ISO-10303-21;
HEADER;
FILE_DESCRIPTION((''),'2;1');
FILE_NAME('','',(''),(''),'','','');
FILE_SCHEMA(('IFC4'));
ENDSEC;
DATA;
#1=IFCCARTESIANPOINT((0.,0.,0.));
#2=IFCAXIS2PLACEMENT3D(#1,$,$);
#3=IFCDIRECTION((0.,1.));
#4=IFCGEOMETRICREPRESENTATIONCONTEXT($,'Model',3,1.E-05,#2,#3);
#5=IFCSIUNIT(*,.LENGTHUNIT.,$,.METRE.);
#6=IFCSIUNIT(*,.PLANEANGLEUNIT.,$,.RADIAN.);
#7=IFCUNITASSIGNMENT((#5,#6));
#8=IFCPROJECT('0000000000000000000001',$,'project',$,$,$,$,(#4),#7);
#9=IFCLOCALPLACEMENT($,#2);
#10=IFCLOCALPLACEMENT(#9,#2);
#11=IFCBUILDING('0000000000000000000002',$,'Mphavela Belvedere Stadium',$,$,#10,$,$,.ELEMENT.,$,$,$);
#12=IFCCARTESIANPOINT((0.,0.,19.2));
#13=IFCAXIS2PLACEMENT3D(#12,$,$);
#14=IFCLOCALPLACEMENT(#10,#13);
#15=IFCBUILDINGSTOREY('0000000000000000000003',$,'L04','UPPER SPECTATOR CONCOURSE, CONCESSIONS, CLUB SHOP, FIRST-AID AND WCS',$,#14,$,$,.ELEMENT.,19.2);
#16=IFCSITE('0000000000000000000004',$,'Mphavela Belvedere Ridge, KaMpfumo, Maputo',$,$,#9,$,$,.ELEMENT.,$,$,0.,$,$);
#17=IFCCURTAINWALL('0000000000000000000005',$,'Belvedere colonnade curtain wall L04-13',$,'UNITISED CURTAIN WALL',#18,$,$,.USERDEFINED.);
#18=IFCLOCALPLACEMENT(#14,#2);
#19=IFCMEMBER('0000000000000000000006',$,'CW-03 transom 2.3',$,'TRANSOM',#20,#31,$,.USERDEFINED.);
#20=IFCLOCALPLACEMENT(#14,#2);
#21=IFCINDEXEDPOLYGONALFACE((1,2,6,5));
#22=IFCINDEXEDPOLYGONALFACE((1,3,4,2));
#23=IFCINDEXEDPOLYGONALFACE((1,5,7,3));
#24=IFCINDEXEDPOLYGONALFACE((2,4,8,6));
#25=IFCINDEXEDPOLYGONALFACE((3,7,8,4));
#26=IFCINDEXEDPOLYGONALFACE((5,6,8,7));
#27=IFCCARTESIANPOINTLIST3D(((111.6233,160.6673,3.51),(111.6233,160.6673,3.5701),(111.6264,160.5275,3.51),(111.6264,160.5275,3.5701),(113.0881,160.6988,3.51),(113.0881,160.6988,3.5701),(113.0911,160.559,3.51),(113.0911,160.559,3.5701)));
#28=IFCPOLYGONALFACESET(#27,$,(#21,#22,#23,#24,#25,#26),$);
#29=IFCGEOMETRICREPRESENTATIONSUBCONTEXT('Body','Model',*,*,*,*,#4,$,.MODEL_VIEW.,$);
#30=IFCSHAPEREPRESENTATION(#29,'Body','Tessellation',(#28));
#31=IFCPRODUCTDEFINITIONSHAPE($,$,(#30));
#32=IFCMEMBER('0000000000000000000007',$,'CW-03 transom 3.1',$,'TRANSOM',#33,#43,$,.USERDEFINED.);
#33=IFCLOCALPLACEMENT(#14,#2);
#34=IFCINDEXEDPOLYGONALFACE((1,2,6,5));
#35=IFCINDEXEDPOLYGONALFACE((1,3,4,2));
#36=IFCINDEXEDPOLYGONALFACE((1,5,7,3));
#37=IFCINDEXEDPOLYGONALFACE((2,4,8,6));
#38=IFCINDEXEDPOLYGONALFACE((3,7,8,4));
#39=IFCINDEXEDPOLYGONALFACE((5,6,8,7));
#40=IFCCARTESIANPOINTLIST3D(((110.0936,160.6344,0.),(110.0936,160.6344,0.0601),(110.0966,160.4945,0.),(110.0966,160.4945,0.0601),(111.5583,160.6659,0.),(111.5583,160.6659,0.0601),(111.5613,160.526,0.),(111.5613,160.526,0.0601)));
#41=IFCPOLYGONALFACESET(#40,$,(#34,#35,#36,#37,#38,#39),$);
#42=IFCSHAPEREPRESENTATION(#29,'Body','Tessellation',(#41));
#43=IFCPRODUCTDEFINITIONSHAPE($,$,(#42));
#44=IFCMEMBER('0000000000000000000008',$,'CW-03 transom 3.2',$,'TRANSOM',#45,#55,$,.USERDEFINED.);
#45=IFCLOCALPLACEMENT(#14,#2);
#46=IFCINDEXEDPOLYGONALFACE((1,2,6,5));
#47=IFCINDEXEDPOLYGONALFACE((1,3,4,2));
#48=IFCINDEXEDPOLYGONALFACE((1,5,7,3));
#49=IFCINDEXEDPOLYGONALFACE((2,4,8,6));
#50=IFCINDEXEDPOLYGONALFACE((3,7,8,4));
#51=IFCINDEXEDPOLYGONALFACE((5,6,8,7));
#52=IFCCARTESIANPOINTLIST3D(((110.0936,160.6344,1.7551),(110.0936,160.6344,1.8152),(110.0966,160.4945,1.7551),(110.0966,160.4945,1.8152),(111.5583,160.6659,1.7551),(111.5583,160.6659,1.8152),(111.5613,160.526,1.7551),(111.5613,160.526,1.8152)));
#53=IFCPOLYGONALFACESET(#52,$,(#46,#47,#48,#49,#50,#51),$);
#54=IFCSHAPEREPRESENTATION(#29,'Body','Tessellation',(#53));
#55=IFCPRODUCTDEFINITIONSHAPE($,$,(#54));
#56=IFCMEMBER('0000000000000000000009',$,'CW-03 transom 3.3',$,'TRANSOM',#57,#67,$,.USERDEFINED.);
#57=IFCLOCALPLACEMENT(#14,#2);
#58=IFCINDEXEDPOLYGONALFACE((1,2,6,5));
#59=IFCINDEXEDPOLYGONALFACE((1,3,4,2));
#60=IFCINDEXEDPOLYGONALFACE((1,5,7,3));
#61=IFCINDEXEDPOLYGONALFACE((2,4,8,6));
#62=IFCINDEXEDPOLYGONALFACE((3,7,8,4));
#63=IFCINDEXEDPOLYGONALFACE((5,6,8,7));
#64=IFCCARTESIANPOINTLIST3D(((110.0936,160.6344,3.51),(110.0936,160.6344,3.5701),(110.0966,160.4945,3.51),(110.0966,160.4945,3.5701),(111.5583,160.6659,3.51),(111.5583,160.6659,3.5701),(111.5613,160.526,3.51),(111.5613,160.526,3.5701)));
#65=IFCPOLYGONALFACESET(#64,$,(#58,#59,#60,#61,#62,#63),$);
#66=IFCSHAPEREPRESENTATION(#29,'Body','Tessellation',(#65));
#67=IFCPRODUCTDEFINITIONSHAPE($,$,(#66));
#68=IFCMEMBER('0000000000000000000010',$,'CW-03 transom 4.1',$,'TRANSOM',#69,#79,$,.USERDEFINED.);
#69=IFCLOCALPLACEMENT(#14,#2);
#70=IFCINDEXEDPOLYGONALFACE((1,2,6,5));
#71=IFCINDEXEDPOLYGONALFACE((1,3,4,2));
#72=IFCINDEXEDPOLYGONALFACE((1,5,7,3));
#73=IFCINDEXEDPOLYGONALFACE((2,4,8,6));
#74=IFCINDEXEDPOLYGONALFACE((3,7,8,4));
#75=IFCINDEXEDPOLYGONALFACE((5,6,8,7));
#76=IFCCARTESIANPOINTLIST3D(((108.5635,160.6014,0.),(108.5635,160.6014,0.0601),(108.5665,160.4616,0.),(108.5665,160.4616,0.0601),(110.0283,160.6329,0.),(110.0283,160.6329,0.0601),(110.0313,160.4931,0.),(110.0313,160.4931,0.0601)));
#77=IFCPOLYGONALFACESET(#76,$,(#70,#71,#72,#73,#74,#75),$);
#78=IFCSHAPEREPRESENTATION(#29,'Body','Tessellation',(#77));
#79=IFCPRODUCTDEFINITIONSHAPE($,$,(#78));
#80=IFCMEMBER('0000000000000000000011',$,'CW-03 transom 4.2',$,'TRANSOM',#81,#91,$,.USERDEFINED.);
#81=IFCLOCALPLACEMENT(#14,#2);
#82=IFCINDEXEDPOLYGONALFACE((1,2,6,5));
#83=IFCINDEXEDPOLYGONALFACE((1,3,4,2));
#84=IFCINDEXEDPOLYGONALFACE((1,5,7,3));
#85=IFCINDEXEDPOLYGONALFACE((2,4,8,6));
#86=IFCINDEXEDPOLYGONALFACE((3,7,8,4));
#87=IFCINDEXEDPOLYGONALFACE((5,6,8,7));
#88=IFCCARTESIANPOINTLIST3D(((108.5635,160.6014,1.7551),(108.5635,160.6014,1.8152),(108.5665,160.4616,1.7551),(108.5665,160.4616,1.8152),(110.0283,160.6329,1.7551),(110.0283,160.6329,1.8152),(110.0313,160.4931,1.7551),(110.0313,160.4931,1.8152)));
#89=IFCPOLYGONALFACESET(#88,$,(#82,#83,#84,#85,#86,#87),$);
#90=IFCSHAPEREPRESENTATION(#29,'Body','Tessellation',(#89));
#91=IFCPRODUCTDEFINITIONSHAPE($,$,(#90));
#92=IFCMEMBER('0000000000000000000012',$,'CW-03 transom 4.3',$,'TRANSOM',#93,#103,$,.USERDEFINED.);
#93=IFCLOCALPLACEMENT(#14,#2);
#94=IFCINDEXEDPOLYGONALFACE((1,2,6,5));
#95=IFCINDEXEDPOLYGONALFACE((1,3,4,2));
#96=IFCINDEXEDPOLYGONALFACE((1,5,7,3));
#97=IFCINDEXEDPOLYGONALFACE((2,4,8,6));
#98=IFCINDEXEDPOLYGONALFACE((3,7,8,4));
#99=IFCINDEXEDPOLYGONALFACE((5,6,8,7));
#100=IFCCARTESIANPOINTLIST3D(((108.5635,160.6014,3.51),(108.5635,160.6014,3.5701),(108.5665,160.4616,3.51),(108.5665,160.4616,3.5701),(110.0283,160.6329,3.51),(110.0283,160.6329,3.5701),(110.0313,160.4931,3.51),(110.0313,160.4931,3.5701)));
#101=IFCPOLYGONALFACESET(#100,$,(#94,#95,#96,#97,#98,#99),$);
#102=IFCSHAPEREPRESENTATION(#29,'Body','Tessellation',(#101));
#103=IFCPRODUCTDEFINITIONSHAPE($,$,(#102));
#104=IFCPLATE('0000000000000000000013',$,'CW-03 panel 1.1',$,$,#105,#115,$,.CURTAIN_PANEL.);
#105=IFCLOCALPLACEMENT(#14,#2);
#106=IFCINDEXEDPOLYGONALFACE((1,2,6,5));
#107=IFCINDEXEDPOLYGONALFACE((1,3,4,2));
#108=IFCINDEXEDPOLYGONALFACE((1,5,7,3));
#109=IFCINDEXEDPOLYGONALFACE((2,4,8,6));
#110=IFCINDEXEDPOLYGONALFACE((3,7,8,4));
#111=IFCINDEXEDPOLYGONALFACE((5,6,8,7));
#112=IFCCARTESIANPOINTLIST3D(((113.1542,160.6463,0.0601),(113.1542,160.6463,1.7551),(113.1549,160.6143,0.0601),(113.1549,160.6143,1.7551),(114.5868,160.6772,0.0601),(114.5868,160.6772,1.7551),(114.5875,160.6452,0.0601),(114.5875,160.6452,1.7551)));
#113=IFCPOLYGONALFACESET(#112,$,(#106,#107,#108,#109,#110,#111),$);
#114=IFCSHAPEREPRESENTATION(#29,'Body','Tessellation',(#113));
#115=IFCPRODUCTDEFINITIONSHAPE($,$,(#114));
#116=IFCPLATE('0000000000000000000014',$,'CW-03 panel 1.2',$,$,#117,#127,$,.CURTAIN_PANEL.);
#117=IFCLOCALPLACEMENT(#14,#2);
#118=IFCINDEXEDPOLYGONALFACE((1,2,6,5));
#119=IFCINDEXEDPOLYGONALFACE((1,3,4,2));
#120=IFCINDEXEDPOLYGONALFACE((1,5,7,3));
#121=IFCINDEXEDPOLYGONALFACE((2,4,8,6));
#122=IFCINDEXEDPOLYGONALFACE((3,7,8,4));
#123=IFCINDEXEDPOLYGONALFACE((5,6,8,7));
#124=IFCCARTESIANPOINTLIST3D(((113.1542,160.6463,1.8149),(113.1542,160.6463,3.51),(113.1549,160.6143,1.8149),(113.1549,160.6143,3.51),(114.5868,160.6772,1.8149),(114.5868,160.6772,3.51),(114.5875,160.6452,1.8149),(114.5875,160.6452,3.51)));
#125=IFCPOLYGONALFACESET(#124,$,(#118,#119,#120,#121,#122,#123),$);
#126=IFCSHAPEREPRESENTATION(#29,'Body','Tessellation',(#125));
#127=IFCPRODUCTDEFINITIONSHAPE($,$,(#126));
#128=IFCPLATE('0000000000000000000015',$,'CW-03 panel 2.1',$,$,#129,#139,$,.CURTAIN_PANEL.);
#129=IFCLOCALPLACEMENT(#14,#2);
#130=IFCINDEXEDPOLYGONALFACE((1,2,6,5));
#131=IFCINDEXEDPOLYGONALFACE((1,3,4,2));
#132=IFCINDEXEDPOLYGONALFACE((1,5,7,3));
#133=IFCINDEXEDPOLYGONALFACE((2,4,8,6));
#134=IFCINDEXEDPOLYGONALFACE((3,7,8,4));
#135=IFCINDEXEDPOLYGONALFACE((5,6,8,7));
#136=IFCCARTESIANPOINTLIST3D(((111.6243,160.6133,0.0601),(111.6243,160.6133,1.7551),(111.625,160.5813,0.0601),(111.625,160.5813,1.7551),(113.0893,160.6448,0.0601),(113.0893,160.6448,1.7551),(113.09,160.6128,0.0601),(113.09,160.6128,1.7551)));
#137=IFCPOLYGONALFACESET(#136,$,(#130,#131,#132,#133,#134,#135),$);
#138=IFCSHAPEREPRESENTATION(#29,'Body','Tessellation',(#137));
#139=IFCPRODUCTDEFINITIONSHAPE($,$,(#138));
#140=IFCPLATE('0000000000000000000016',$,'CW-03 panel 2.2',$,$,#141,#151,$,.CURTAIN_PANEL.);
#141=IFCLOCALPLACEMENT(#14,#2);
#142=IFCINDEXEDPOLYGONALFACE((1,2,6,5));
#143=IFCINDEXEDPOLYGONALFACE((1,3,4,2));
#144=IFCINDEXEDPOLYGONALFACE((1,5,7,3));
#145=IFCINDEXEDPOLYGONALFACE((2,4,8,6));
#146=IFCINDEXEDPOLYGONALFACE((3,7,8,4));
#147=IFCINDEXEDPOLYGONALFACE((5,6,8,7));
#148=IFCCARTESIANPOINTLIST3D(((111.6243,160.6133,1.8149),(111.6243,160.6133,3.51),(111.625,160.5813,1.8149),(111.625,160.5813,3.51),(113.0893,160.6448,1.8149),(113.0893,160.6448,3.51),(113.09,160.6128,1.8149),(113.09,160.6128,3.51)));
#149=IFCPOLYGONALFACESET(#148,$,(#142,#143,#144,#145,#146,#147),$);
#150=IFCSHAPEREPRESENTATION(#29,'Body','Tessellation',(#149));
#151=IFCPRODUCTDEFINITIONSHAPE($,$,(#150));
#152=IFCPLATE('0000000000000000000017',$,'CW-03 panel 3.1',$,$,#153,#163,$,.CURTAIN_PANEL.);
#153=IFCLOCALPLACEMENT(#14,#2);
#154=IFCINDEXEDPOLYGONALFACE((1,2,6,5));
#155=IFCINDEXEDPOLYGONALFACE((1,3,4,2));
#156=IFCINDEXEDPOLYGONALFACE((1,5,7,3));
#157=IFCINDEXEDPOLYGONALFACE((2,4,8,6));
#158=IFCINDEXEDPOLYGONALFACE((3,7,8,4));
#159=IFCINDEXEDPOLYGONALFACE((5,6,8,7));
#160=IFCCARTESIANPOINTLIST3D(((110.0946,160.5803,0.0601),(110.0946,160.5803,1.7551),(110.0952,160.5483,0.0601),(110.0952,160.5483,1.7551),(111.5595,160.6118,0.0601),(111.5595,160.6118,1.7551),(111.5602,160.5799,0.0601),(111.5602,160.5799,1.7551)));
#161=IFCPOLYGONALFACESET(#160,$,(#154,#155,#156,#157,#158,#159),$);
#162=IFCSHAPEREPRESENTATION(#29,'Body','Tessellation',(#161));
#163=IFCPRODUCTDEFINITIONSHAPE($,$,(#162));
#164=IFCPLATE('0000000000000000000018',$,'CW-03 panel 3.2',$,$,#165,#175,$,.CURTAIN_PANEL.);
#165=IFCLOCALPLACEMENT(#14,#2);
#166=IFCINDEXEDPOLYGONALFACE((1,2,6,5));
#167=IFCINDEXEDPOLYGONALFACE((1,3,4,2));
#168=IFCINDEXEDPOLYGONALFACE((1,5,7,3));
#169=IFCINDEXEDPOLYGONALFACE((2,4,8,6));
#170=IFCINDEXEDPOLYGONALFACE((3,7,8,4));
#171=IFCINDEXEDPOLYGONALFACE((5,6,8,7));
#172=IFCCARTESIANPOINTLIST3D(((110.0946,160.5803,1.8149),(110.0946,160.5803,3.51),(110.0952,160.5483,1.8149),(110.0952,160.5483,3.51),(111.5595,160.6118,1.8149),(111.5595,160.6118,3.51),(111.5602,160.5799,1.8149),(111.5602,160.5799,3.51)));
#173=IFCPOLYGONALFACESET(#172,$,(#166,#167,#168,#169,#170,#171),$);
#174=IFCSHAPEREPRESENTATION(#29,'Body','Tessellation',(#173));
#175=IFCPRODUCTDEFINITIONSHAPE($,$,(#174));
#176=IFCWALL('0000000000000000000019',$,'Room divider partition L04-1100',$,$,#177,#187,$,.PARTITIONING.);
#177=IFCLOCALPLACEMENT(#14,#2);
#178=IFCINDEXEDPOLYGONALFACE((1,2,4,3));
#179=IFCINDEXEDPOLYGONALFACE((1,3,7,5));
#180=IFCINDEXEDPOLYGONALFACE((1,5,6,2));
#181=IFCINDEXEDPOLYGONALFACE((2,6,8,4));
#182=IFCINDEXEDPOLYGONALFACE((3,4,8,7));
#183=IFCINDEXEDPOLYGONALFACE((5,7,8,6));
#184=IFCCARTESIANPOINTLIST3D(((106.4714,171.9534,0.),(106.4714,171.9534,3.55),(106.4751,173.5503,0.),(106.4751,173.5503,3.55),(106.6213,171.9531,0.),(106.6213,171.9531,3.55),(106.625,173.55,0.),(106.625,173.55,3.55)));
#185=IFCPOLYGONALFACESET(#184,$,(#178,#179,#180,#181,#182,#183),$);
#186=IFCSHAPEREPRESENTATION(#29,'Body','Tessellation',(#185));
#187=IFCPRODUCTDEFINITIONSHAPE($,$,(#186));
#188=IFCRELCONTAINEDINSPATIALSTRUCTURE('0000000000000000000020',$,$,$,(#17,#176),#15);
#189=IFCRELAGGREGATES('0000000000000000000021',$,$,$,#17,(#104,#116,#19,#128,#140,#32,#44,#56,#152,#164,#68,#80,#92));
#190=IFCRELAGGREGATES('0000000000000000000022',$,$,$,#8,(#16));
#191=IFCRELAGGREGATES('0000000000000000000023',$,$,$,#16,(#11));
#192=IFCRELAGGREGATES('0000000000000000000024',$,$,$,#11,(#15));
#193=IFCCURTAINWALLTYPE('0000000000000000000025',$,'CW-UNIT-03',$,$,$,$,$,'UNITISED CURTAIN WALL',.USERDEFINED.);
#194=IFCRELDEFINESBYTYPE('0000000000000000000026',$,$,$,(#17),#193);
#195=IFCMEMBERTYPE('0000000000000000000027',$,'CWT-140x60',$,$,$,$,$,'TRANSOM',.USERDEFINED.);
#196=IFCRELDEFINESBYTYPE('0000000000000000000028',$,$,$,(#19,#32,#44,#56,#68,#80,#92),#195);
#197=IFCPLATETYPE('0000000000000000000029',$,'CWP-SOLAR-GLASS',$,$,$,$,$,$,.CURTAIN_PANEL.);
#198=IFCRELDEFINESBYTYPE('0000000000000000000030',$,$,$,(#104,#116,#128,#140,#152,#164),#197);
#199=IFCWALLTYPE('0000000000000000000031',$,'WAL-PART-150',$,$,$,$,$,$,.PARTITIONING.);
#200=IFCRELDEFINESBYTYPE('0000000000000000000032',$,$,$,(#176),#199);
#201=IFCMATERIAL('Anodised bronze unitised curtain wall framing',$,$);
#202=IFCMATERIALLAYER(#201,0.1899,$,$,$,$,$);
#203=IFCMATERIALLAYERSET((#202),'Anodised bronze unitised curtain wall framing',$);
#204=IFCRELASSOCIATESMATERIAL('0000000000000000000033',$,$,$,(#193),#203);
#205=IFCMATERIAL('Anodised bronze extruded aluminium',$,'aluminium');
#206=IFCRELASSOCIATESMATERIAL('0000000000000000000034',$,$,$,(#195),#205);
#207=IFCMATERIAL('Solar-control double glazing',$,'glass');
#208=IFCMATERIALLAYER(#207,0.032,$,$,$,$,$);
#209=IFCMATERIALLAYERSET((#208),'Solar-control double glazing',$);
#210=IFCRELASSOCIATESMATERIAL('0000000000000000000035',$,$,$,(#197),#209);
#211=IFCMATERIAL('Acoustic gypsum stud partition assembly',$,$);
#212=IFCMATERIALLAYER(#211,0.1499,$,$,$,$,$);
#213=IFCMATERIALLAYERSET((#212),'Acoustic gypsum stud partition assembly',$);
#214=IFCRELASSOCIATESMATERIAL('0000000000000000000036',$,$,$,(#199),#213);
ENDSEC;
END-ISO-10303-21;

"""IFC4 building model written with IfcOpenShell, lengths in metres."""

from ifc_helpers import new_model, si_unit, direction, frame, frame_2d, origin, origin_2d, place, context, subcontext, project, spatial, rectangle, extrude, material, layer, layer_set, material_profile, profile_set, type_object, element, aggregate, save


model = new_model("IFC4")

# Units and contexts
model_context = context("Model", 3, precision=1e-05, world=origin(), true_north=direction((0.0, 1.0)))
body_context = subcontext(model_context, "Body", "Model", "MODEL_VIEW")
ifc_project = project(units=[si_unit("LENGTHUNIT", "METRE"), si_unit("PLANEANGLEUNIT", "RADIAN")], contexts=[model_context])

# Site, building, storey
site_placement = place(None, origin())
site = spatial("IfcSite", under=ifc_project, at=site_placement, Name="Mphavela Belvedere Ridge, KaMpfumo, Maputo", CompositionType="ELEMENT", RefElevation=0.0)
building_placement = place(site_placement, origin())
building = spatial("IfcBuilding", under=site, at=building_placement, Name="Mphavela Belvedere Stadium", CompositionType="ELEMENT")
storey_placement = place(building_placement, frame((0.0, 0.0, 19.2)))
storey = spatial("IfcBuildingStorey", under=building, at=storey_placement, Name="L04", Description="UPPER SPECTATOR CONCOURSE, CONCESSIONS, CLUB SHOP, FIRST-AID AND WCS", CompositionType="ELEMENT", Elevation=19.2)

# Curtain wall, members, plates
ifc_material_1 = material(Name="Anodised bronze unitised curtain wall framing")
ifc_layer_1 = layer(ifc_material_1, 0.1899)
ifc_layer_set_1 = layer_set([ifc_layer_1], Name="Anodised bronze unitised curtain wall framing")
curtain_wall_type = type_object("IfcCurtainWallType", Name="CW-UNIT-03", ElementType="UNITISED CURTAIN WALL", PredefinedType="USERDEFINED", material=ifc_layer_set_1)
curtain_wall_placement = place(storey_placement, origin())
curtain_wall = element("IfcCurtainWall", 1, at=curtain_wall_placement, inside=storey, type_object=curtain_wall_type, Name="Belvedere colonnade curtain wall L04-13", ObjectType="UNITISED CURTAIN WALL", PredefinedType="USERDEFINED")
ifc_material_2 = material(Name="Anodised bronze extruded aluminium", Category="aluminium")
ifc_material_profile_1 = material_profile(ifc_material_2, rectangle(XDim=0.1399, YDim=0.0601, at=origin_2d()), Name="CW-TRN 140x60")
ifc_profile_set_1 = profile_set([ifc_material_profile_1], Name="Anodised bronze extruded aluminium")
member_type_1 = type_object("IfcMemberType", Name="CWT-140x60", ElementType="TRANSOM", PredefinedType="USERDEFINED", material=ifc_profile_set_1)
member_1_placement = place(storey_placement, frame((113.0896, 160.6289, 3.54), z_axis=(-0.999769, -0.021495, 0.0), x_axis=(0.021495, -0.999769, 0.0)))
member_1 = element("IfcMember", 2, at=member_1_placement, type_object=member_type_1, Name="CW-03 transom 2.3", ObjectType="TRANSOM", PredefinedType="USERDEFINED", context=body_context, shape_type="SweptSolid", body=[
    extrude(rectangle(XDim=0.1399, YDim=0.0601, at=origin_2d()), origin(), (0.0, 0.0, 1.0), 1.4651),
])
member_2_placement = place(storey_placement, frame((111.5598, 160.5959, 0.03), z_axis=(-0.999769, -0.021495, 0.0), x_axis=(0.021495, -0.999769, 0.0)))
member_2 = element("IfcMember", 3, at=member_2_placement, type_object=member_type_1, Name="CW-03 transom 3.1", ObjectType="TRANSOM", PredefinedType="USERDEFINED", context=body_context, shape_type="SweptSolid", body=[
    extrude(rectangle(XDim=0.1399, YDim=0.0601, at=origin_2d()), origin(), (0.0, 0.0, 1.0), 1.4651),
])
member_3_placement = place(storey_placement, frame((111.5598, 160.5959, 1.7852), z_axis=(-0.999769, -0.021495, 0.0), x_axis=(0.021495, -0.999769, 0.0)))
member_3 = element("IfcMember", 4, at=member_3_placement, type_object=member_type_1, Name="CW-03 transom 3.2", ObjectType="TRANSOM", PredefinedType="USERDEFINED", context=body_context, shape_type="SweptSolid", body=[
    extrude(rectangle(XDim=0.1399, YDim=0.0601, at=origin_2d()), origin(), (0.0, 0.0, 1.0), 1.4651),
])
member_4_placement = place(storey_placement, frame((111.5598, 160.5959, 3.54), z_axis=(-0.999769, -0.021495, 0.0), x_axis=(0.021495, -0.999769, 0.0)))
member_4 = element("IfcMember", 5, at=member_4_placement, type_object=member_type_1, Name="CW-03 transom 3.3", ObjectType="TRANSOM", PredefinedType="USERDEFINED", context=body_context, shape_type="SweptSolid", body=[
    extrude(rectangle(XDim=0.1399, YDim=0.0601, at=origin_2d()), origin(), (0.0, 0.0, 1.0), 1.4651),
])
member_5_placement = place(storey_placement, frame((110.0298, 160.563, 0.03), z_axis=(-0.999769, -0.021495, 0.0), x_axis=(0.021495, -0.999769, 0.0)))
member_5 = element("IfcMember", 6, at=member_5_placement, type_object=member_type_1, Name="CW-03 transom 4.1", ObjectType="TRANSOM", PredefinedType="USERDEFINED", context=body_context, shape_type="SweptSolid", body=[
    extrude(rectangle(XDim=0.1399, YDim=0.0601, at=origin_2d()), origin(), (0.0, 0.0, 1.0), 1.4651),
])
member_6_placement = place(storey_placement, frame((110.0298, 160.563, 1.7852), z_axis=(-0.999769, -0.021495, 0.0), x_axis=(0.021495, -0.999769, 0.0)))
member_6 = element("IfcMember", 7, at=member_6_placement, type_object=member_type_1, Name="CW-03 transom 4.2", ObjectType="TRANSOM", PredefinedType="USERDEFINED", context=body_context, shape_type="SweptSolid", body=[
    extrude(rectangle(XDim=0.1399, YDim=0.0601, at=origin_2d()), origin(), (0.0, 0.0, 1.0), 1.4651),
])
member_7_placement = place(storey_placement, frame((110.0298, 160.563, 3.54), z_axis=(-0.999769, -0.021495, 0.0), x_axis=(0.021495, -0.999769, 0.0)))
member_7 = element("IfcMember", 8, at=member_7_placement, type_object=member_type_1, Name="CW-03 transom 4.3", ObjectType="TRANSOM", PredefinedType="USERDEFINED", context=body_context, shape_type="SweptSolid", body=[
    extrude(rectangle(XDim=0.1399, YDim=0.0601, at=origin_2d()), origin(), (0.0, 0.0, 1.0), 1.4651),
])
ifc_material_3 = material(Name="Solar-control double glazing", Category="glass")
ifc_layer_2 = layer(ifc_material_3, 0.032)
ifc_layer_set_2 = layer_set([ifc_layer_2], Name="Solar-control double glazing")
plate_type = type_object("IfcPlateType", Name="CWP-SOLAR-GLASS", PredefinedType="CURTAIN_PANEL", material=ifc_layer_set_2)
plate_1_placement = place(storey_placement, frame((113.8708, 160.6458, 0.0601), z_axis=(0.0, 0.0, 1.0), x_axis=(-0.999768, -0.021527, 0.0)))
plate_1 = element("IfcPlate", 9, at=plate_1_placement, type_object=plate_type, Name="CW-03 panel 1.1", PredefinedType="CURTAIN_PANEL", context=body_context, shape_type="SweptSolid", body=[
    extrude(rectangle(XDim=1.4329, YDim=0.032, at=origin_2d()), origin(), (0.0, 0.0, 1.0), 1.6951),
])
plate_2_placement = place(storey_placement, frame((113.8708, 160.6458, 1.8149), z_axis=(0.0, 0.0, 1.0), x_axis=(-0.999768, -0.021527, 0.0)))
plate_2 = element("IfcPlate", 10, at=plate_2_placement, type_object=plate_type, Name="CW-03 panel 1.2", PredefinedType="CURTAIN_PANEL", context=body_context, shape_type="SweptSolid", body=[
    extrude(rectangle(XDim=1.4329, YDim=0.032, at=origin_2d()), origin(), (0.0, 0.0, 1.0), 1.6951),
])
plate_3_placement = place(storey_placement, frame((112.3572, 160.613, 0.0601), z_axis=(0.0, 0.0, 1.0), x_axis=(-0.999768, -0.021527, 0.0)))
plate_3 = element("IfcPlate", 11, at=plate_3_placement, type_object=plate_type, Name="CW-03 panel 2.1", PredefinedType="CURTAIN_PANEL", context=body_context, shape_type="SweptSolid", body=[
    extrude(rectangle(XDim=1.4653, YDim=0.032, at=origin_2d()), origin(), (0.0, 0.0, 1.0), 1.6951),
])
plate_4_placement = place(storey_placement, frame((112.3572, 160.613, 1.8149), z_axis=(0.0, 0.0, 1.0), x_axis=(-0.999768, -0.021527, 0.0)))
plate_4 = element("IfcPlate", 12, at=plate_4_placement, type_object=plate_type, Name="CW-03 panel 2.2", PredefinedType="CURTAIN_PANEL", context=body_context, shape_type="SweptSolid", body=[
    extrude(rectangle(XDim=1.4653, YDim=0.032, at=origin_2d()), origin(), (0.0, 0.0, 1.0), 1.6951),
])
plate_5_placement = place(storey_placement, frame((110.8274, 160.5801, 0.0601), z_axis=(0.0, 0.0, 1.0), x_axis=(-0.999768, -0.021527, 0.0)))
plate_5 = element("IfcPlate", 13, at=plate_5_placement, type_object=plate_type, Name="CW-03 panel 3.1", PredefinedType="CURTAIN_PANEL", context=body_context, shape_type="SweptSolid", body=[
    extrude(rectangle(XDim=1.4653, YDim=0.032, at=origin_2d()), origin(), (0.0, 0.0, 1.0), 1.6951),
])
plate_6_placement = place(storey_placement, frame((110.8274, 160.5801, 1.8149), z_axis=(0.0, 0.0, 1.0), x_axis=(-0.999768, -0.021527, 0.0)))
plate_6 = element("IfcPlate", 14, at=plate_6_placement, type_object=plate_type, Name="CW-03 panel 3.2", PredefinedType="CURTAIN_PANEL", context=body_context, shape_type="SweptSolid", body=[
    extrude(rectangle(XDim=1.4653, YDim=0.032, at=origin_2d()), origin(), (0.0, 0.0, 1.0), 1.6951),
])
aggregate(curtain_wall, [plate_1, plate_2, member_1, plate_3, plate_4, member_2, member_3, member_4, plate_5, plate_6, member_5, member_6, member_7])

# Wall
ifc_material_4 = material(Name="Acoustic gypsum stud partition assembly")
ifc_layer_3 = layer(ifc_material_4, 0.1499)
ifc_layer_set_3 = layer_set([ifc_layer_3], Name="Acoustic gypsum stud partition assembly")
wall_type = type_object("IfcWallType", Name="WAL-PART-150", PredefinedType="PARTITIONING", material=ifc_layer_set_3)
wall_1_placement = place(storey_placement, frame((106.55, 173.55, 0.0), z_axis=(0.0, 0.0, 1.0), x_axis=(-0.002293, -0.999997, 0.0)))
element("IfcWall", 15, at=wall_1_placement, inside=storey, type_object=wall_type, Name="Room divider partition L04-1100", PredefinedType="PARTITIONING", context=body_context, shape_type="SweptSolid", body=[
    extrude(rectangle(XDim=1.5969, YDim=0.1499, at=frame_2d((0.7983, 0.0))), origin(), (0.0, 0.0, 1.0), 3.55),
])

save(model, "model.ifc")
